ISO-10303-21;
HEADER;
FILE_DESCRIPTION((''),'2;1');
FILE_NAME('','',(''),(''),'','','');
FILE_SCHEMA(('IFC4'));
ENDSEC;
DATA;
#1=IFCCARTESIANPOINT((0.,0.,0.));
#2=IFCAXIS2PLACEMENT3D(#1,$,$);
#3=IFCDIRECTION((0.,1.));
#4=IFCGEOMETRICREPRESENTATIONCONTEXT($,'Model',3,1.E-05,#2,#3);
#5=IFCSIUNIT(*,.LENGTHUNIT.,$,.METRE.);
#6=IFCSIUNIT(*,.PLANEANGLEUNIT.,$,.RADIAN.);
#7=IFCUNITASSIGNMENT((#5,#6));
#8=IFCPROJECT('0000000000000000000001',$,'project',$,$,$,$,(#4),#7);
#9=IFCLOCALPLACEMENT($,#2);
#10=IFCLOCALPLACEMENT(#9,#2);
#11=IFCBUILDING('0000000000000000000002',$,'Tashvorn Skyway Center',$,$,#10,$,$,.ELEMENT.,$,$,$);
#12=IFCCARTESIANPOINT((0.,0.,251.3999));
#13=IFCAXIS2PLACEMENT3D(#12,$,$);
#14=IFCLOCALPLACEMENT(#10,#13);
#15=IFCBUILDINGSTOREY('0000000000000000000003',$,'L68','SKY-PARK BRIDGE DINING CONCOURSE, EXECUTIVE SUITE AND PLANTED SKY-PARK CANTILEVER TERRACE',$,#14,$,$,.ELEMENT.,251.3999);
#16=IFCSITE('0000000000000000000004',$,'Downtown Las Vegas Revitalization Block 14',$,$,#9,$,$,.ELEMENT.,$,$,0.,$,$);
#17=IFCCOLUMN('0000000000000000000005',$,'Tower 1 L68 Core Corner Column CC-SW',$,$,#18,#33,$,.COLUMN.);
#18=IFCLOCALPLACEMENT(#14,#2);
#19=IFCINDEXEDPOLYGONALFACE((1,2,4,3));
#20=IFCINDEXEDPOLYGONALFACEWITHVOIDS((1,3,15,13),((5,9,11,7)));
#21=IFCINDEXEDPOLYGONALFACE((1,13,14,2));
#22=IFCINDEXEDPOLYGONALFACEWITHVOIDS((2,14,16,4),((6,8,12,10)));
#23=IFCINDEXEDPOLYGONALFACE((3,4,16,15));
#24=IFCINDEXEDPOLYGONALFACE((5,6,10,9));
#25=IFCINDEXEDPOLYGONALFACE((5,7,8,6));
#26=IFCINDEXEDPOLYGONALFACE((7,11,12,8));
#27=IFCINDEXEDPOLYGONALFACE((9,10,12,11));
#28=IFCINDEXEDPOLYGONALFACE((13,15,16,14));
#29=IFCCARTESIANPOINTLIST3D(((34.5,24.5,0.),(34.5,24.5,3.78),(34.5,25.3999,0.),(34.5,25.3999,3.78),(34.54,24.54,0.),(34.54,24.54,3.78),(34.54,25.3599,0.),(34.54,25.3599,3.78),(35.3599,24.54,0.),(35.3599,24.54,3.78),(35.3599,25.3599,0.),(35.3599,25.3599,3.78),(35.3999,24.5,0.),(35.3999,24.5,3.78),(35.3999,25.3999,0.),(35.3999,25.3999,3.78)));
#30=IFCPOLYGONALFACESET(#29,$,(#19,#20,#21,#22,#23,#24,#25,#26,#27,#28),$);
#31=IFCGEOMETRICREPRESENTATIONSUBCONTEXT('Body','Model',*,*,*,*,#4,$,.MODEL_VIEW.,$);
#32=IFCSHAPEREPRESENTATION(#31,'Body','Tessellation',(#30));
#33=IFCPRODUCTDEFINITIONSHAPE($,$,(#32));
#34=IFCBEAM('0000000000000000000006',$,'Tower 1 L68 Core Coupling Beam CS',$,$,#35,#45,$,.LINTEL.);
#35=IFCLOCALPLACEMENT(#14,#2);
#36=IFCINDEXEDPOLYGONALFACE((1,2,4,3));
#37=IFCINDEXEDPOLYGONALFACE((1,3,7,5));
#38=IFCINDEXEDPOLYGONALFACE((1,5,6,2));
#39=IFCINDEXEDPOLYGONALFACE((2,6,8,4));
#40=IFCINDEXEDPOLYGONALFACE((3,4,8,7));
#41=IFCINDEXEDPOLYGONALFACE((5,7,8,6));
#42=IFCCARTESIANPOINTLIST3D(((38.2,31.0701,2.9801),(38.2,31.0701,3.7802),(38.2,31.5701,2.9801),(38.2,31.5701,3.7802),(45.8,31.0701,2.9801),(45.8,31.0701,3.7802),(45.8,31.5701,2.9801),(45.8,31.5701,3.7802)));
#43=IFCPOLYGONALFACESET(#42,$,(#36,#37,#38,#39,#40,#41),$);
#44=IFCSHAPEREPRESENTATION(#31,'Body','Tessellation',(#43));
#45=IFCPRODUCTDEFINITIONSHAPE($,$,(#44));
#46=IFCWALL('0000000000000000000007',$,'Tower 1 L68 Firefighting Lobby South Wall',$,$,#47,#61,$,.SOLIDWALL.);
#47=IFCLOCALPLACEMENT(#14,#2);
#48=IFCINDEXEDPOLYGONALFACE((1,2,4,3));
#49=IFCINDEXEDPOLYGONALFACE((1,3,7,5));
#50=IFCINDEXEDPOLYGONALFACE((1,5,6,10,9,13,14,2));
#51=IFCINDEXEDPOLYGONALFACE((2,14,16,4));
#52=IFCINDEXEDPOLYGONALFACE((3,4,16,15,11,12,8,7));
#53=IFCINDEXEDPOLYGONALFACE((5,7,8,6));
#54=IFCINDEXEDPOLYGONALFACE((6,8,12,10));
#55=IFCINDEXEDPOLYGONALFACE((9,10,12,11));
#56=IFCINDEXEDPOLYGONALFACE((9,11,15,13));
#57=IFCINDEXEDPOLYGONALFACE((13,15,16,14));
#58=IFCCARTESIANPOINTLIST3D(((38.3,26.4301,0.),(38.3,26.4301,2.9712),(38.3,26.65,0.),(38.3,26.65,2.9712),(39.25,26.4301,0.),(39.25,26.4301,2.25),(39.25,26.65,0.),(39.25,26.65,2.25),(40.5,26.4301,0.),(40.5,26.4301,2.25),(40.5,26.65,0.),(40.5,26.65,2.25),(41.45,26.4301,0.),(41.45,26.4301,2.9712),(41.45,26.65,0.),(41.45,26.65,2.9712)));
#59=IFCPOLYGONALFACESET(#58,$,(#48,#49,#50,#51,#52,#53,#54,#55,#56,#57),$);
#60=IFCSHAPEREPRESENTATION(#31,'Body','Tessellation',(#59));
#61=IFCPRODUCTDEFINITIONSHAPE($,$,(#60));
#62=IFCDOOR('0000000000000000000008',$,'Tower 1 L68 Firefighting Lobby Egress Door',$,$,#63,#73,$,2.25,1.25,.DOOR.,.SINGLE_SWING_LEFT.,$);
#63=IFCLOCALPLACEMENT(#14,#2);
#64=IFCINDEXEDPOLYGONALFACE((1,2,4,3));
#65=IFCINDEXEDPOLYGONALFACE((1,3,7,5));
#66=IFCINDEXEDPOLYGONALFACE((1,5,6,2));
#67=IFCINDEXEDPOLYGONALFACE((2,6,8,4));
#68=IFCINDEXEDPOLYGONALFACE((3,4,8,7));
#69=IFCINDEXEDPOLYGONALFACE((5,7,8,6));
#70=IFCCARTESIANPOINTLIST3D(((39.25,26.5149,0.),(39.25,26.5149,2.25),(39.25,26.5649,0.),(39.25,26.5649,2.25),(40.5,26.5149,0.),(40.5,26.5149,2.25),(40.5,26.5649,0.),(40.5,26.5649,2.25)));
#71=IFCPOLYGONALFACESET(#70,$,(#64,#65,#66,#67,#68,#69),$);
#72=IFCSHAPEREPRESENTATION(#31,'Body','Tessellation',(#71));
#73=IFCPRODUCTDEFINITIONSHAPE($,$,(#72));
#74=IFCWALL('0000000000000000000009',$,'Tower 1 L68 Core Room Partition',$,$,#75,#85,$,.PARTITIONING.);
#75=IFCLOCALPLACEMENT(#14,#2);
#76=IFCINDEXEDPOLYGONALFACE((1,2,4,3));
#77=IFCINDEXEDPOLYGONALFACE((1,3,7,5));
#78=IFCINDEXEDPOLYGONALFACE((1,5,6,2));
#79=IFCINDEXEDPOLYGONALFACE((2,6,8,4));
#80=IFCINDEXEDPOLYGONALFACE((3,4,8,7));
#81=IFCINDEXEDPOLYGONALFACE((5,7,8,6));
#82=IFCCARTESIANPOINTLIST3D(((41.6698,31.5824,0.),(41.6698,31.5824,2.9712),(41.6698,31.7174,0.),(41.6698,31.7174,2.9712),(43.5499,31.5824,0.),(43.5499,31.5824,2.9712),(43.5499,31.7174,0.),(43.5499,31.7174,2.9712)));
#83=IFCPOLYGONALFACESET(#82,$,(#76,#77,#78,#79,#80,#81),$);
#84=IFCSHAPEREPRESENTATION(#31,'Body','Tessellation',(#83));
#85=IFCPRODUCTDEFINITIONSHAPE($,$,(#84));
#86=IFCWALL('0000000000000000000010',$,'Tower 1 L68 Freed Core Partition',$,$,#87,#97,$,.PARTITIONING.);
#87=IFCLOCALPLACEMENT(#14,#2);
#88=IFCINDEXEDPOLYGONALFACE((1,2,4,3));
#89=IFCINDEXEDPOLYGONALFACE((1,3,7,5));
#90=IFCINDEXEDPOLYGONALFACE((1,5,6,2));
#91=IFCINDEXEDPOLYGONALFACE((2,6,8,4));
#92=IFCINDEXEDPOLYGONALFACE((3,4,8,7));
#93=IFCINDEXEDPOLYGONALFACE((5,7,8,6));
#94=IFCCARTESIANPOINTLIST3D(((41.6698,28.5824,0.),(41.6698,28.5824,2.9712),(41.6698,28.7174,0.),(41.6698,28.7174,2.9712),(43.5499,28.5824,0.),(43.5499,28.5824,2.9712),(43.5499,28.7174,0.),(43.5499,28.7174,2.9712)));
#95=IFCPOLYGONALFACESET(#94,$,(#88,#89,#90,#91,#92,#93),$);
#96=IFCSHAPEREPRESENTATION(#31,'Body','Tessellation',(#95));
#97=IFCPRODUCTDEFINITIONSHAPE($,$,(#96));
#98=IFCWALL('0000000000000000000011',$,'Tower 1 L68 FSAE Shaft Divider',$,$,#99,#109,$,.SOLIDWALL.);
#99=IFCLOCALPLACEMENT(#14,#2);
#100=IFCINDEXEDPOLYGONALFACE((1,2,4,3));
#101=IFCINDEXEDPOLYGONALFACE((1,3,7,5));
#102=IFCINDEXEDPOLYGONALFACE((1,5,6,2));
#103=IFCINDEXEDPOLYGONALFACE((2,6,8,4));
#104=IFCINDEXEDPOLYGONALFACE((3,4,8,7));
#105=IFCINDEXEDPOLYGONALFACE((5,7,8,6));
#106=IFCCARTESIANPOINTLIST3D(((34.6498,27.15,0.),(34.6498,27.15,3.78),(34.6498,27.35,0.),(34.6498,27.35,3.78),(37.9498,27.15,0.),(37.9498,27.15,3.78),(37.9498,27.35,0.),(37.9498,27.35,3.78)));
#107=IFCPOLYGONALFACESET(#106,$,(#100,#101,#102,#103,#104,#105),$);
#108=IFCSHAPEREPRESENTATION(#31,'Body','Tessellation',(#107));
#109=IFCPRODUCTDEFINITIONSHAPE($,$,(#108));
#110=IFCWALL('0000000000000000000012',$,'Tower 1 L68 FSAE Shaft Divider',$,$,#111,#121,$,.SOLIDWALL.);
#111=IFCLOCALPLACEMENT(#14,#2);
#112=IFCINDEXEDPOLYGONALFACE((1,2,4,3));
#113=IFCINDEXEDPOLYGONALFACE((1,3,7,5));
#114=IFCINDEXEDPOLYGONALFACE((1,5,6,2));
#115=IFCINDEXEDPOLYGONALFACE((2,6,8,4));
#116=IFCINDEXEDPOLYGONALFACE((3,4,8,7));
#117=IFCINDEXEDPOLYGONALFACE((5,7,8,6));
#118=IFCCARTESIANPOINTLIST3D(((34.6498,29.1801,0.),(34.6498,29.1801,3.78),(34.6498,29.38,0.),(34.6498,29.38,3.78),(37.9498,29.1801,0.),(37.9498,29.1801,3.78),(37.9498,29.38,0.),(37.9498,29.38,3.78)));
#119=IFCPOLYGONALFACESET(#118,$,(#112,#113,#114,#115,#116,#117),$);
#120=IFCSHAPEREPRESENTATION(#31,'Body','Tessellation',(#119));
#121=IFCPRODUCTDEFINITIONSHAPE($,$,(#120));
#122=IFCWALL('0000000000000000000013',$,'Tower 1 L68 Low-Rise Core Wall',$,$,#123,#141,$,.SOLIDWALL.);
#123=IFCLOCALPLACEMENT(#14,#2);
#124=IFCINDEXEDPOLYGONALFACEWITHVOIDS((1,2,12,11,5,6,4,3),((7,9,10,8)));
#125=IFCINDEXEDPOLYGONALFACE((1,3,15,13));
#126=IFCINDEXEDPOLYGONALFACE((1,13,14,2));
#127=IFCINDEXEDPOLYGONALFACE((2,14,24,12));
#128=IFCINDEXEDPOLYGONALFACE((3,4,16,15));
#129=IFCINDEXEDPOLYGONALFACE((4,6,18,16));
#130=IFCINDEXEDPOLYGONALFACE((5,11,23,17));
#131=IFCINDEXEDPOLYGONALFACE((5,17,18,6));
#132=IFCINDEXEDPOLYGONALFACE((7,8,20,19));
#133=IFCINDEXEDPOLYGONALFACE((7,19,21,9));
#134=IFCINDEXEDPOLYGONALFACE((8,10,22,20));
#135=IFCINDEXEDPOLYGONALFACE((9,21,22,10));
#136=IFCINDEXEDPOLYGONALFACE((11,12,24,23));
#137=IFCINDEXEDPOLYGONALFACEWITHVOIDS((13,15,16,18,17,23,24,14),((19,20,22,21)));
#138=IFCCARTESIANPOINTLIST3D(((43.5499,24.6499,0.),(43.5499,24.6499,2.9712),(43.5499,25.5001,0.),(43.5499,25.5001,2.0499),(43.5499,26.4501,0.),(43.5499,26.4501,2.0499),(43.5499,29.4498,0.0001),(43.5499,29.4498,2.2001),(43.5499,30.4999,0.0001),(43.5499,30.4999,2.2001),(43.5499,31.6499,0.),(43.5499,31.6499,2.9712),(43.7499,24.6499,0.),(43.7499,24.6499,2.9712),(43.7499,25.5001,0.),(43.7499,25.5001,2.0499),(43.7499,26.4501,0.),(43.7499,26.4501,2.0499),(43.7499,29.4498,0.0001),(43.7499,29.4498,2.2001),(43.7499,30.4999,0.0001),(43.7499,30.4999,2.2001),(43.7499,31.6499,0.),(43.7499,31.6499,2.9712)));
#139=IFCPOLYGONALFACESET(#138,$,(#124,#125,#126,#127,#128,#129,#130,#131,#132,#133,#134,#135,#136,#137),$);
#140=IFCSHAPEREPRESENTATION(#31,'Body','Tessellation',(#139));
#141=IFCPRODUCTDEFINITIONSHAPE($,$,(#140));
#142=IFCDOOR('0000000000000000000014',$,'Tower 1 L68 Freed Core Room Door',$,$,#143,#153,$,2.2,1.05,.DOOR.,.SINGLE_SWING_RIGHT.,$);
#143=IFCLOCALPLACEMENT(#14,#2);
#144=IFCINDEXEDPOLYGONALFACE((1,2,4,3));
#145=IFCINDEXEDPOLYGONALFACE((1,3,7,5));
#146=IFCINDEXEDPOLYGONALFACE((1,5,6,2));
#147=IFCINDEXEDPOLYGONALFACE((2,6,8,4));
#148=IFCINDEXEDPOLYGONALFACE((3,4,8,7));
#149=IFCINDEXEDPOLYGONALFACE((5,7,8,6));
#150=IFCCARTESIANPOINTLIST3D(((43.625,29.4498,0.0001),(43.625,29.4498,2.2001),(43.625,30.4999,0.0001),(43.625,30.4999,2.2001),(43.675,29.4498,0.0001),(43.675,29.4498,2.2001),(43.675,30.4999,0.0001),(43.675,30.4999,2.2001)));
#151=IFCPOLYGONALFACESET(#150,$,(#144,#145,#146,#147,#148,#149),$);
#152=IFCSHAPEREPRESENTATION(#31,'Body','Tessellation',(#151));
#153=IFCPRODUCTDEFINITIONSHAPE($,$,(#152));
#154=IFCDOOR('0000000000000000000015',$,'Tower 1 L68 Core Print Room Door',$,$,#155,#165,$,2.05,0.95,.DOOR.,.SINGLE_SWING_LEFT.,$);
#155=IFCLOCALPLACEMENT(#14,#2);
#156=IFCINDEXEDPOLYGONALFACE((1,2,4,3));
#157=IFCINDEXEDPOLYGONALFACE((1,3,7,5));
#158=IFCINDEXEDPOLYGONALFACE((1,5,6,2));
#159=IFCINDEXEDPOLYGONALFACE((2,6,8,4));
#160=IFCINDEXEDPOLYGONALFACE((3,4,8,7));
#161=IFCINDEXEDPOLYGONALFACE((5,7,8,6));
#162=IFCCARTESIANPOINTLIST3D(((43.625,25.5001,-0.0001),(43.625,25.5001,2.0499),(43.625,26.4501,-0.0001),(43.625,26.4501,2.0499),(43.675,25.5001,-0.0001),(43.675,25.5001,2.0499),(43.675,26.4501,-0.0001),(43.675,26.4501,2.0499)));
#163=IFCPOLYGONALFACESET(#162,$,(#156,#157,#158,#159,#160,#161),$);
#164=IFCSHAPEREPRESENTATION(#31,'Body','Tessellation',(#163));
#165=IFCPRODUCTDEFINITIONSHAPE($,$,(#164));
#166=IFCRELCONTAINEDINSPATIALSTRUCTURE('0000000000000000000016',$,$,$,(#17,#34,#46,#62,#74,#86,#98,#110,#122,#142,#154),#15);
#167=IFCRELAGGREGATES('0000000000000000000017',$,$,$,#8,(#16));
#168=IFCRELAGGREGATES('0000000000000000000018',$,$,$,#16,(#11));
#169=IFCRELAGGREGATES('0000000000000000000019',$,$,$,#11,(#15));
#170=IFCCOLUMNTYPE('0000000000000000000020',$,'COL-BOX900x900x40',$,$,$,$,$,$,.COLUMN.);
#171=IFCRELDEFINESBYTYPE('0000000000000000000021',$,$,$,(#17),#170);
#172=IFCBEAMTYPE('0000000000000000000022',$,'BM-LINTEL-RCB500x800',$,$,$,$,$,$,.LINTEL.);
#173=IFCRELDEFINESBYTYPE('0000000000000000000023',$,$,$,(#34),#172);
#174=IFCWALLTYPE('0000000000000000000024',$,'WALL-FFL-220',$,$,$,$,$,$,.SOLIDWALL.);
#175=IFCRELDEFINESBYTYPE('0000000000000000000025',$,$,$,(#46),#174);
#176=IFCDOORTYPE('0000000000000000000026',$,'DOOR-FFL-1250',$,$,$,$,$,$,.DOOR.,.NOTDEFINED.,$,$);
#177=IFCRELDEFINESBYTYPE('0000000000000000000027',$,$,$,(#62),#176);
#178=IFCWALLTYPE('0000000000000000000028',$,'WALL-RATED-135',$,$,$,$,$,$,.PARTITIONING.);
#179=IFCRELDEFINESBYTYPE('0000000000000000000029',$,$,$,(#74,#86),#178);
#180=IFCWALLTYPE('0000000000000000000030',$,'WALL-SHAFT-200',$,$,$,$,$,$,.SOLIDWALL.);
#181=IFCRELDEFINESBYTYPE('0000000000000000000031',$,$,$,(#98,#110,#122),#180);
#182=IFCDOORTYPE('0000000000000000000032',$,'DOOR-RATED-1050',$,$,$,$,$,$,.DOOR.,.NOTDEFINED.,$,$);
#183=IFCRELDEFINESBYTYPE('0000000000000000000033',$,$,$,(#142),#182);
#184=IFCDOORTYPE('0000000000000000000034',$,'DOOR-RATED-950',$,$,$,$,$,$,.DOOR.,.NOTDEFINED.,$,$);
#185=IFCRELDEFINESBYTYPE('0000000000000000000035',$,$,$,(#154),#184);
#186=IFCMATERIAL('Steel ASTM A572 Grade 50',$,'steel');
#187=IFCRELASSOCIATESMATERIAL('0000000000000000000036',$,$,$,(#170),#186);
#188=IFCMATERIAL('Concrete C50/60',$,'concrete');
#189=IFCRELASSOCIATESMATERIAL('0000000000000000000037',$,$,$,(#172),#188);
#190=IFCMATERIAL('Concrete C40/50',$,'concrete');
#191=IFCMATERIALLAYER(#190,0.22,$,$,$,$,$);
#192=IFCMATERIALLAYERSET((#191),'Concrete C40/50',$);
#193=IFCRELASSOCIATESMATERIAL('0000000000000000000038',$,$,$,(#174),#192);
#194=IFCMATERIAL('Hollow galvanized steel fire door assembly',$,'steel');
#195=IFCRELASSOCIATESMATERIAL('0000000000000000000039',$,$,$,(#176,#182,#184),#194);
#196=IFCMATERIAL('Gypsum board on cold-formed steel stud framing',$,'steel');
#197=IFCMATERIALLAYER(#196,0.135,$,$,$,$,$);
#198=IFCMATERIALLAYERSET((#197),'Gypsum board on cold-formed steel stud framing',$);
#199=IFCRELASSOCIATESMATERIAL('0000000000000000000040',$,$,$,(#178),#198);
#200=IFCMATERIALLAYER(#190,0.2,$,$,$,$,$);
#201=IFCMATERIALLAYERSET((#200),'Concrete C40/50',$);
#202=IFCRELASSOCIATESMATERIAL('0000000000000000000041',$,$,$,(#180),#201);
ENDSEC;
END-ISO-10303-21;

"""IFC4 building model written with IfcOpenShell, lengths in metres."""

from ifc_helpers import new_model, si_unit, direction, frame, frame_2d, origin, origin_2d, place, context, subcontext, project, spatial, rectangle, hollow_rectangle, extrude, material, layer, layer_set, material_profile, profile_set, type_object, element, fill, save


model = new_model("IFC4")

# Units and contexts
model_context = context("Model", 3, precision=1e-05, world=origin(), true_north=direction((0.0, 1.0)))
body_context = subcontext(model_context, "Body", "Model", "MODEL_VIEW")
ifc_project = project(units=[si_unit("LENGTHUNIT", "METRE"), si_unit("PLANEANGLEUNIT", "RADIAN")], contexts=[model_context])

# Site, building, storey
site_placement = place(None, origin())
site = spatial("IfcSite", under=ifc_project, at=site_placement, Name="Downtown Las Vegas Revitalization Block 14", CompositionType="ELEMENT", RefElevation=0.0)
building_placement = place(site_placement, origin())
building = spatial("IfcBuilding", under=site, at=building_placement, Name="Tashvorn Skyway Center", CompositionType="ELEMENT")
storey_placement = place(building_placement, frame((0.0, 0.0, 251.3999)))
storey = spatial("IfcBuildingStorey", under=building, at=storey_placement, Name="L68", Description="SKY-PARK BRIDGE DINING CONCOURSE, EXECUTIVE SUITE AND PLANTED SKY-PARK CANTILEVER TERRACE", CompositionType="ELEMENT", Elevation=251.3999)

# Column
ifc_material_1 = material(Name="Steel ASTM A572 Grade 50", Category="steel")
ifc_material_profile_1 = material_profile(ifc_material_1, hollow_rectangle(XDim=0.8999, YDim=0.8999, WallThickness=0.04, at=origin_2d()), Name="BOX900x900x40")
ifc_profile_set_1 = profile_set([ifc_material_profile_1], Name="Steel ASTM A572 Grade 50")
column_type = type_object("IfcColumnType", Name="COL-BOX900x900x40", PredefinedType="COLUMN", material=ifc_profile_set_1)
column_placement = place(storey_placement, frame((34.95, 24.95, 0.0), z_axis=(0.0, 0.0, 1.0), x_axis=(1.0, 0.0, 0.0)))
element("IfcColumn", 1, at=column_placement, inside=storey, type_object=column_type, Name="Tower 1 L68 Core Corner Column CC-SW", PredefinedType="COLUMN", context=body_context, shape_type="SweptSolid", body=[
    extrude(hollow_rectangle(XDim=0.8999, YDim=0.8999, WallThickness=0.04, at=origin_2d()), origin(), (0.0, 0.0, 1.0), 3.78),
])

# Beam
ifc_material_2 = material(Name="Concrete C50/60", Category="concrete")
ifc_material_profile_2 = material_profile(ifc_material_2, rectangle(XDim=0.5, YDim=0.8, at=origin_2d()), Name="RCB500x800")
ifc_profile_set_2 = profile_set([ifc_material_profile_2], Name="Concrete C50/60")
beam_type = type_object("IfcBeamType", Name="BM-LINTEL-RCB500x800", PredefinedType="LINTEL", material=ifc_profile_set_2)
beam_placement = place(storey_placement, frame((38.2, 31.3201, 3.3801), z_axis=(1.0, 0.0, 0.0), x_axis=(0.0, 1.0, 0.0)))
element("IfcBeam", 2, at=beam_placement, inside=storey, type_object=beam_type, Name="Tower 1 L68 Core Coupling Beam CS", PredefinedType="LINTEL", context=body_context, shape_type="SweptSolid", body=[
    extrude(rectangle(XDim=0.5, YDim=0.8, at=origin_2d()), origin(), (0.0, 0.0, 1.0), 7.6001),
])

# Wall, opening, door
ifc_material_3 = material(Name="Concrete C40/50", Category="concrete")
ifc_layer_1 = layer(ifc_material_3, 0.22)
ifc_layer_set_1 = layer_set([ifc_layer_1], Name="Concrete C40/50")
wall_type_1 = type_object("IfcWallType", Name="WALL-FFL-220", PredefinedType="SOLIDWALL", material=ifc_layer_set_1)
wall_1_placement = place(storey_placement, frame((38.3, 26.54, 0.0), z_axis=(0.0, 0.0, 1.0), x_axis=(1.0, 0.0, 0.0)))
wall_1 = element("IfcWall", 3, at=wall_1_placement, inside=storey, type_object=wall_type_1, Name="Tower 1 L68 Firefighting Lobby South Wall", PredefinedType="SOLIDWALL", context=body_context, shape_type="SweptSolid", body=[
    extrude(rectangle(XDim=3.1499, YDim=0.22, at=frame_2d((1.575, 0.0))), origin(), (0.0, 0.0, 1.0), 2.9712),
])
opening_1_placement = place(wall_1_placement, frame((0.95, 0.0, 0.0)))
opening_1 = element("IfcOpeningElement", 4, at=opening_1_placement, cuts=wall_1, PredefinedType="OPENING", context=body_context, shape_type="SweptSolid", body=[
    extrude(rectangle(XDim=1.25, YDim=2.25, at=frame_2d((0.625, 1.125))), frame((0.0, 0.1199, 0.0), z_axis=(0.0, -1.0, 0.0), x_axis=(1.0, 0.0, 0.0)), (0.0, 0.0, 1.0), 0.24),
])
ifc_material_4 = material(Name="Hollow galvanized steel fire door assembly", Category="steel")
door_type_1 = type_object("IfcDoorType", Name="DOOR-FFL-1250", OperationType="NOTDEFINED", PredefinedType="DOOR", material=ifc_material_4)
door_1_placement = place(opening_1_placement, origin())
door_1 = element("IfcDoor", 5, at=door_1_placement, inside=storey, type_object=door_type_1, Name="Tower 1 L68 Firefighting Lobby Egress Door", OperationType="SINGLE_SWING_LEFT", OverallHeight=2.25, OverallWidth=1.25, PredefinedType="DOOR", context=body_context, shape_type="SweptSolid", body=[
    extrude(rectangle(XDim=1.25, YDim=2.25, at=frame_2d((0.625, 1.125))), frame((0.0, 0.0249, 0.0), z_axis=(0.0, -1.0, 0.0), x_axis=(1.0, 0.0, 0.0)), (0.0, 0.0, 1.0), 0.05),
])
fill(opening_1, door_1)

# Walls
ifc_material_5 = material(Name="Gypsum board on cold-formed steel stud framing", Category="steel")
ifc_layer_2 = layer(ifc_material_5, 0.135)
ifc_layer_set_2 = layer_set([ifc_layer_2], Name="Gypsum board on cold-formed steel stud framing")
wall_type_2 = type_object("IfcWallType", Name="WALL-RATED-135", PredefinedType="PARTITIONING", material=ifc_layer_set_2)
for number, where, z_axis, x_axis, name in (
    (6, (41.6699, 31.6499, 0.0), (0.0, 0.0, 1.0), (1.0, 0.0, 0.0), "Tower 1 L68 Core Room Partition"),
    (7, (41.6699, 28.6499, 0.0), (0.0, 0.0, 1.0), (1.0, 0.0, 0.0), "Tower 1 L68 Freed Core Partition"),
):
    element("IfcWall", number, at=place(storey_placement, frame(where, z_axis=z_axis, x_axis=x_axis)), inside=storey, type_object=wall_type_2, Name=name, PredefinedType="PARTITIONING", context=body_context, shape_type="SweptSolid", body=[
        extrude(rectangle(XDim=1.8801, YDim=0.135, at=frame_2d((0.9399, 0.0))), origin(), (0.0, 0.0, 1.0), 2.9712),
    ])
ifc_layer_3 = layer(ifc_material_3, 0.2)
ifc_layer_set_3 = layer_set([ifc_layer_3], Name="Concrete C40/50")
wall_type_3 = type_object("IfcWallType", Name="WALL-SHAFT-200", PredefinedType="SOLIDWALL", material=ifc_layer_set_3)
for number, where, z_axis, x_axis, name in (
    (8, (34.6499, 27.25, 0.0), (0.0, 0.0, 1.0), (1.0, 0.0, 0.0), "Tower 1 L68 FSAE Shaft Divider"),
    (9, (34.6499, 29.28, 0.0), (0.0, 0.0, 1.0), (1.0, 0.0, 0.0), "Tower 1 L68 FSAE Shaft Divider"),
):
    element("IfcWall", number, at=place(storey_placement, frame(where, z_axis=z_axis, x_axis=x_axis)), inside=storey, type_object=wall_type_3, Name=name, PredefinedType="SOLIDWALL", context=body_context, shape_type="SweptSolid", body=[
        extrude(rectangle(XDim=3.3, YDim=0.2, at=frame_2d((1.6499, 0.0))), origin(), (0.0, 0.0, 1.0), 3.78),
    ])

# Wall, openings, doors
wall_2_placement = place(storey_placement, frame((43.6499, 24.6499, 0.0), z_axis=(0.0, 0.0, 1.0), x_axis=(0.0, 1.0, 0.0)))
wall_2 = element("IfcWall", 10, at=wall_2_placement, inside=storey, type_object=wall_type_3, Name="Tower 1 L68 Low-Rise Core Wall", PredefinedType="SOLIDWALL", context=body_context, shape_type="SweptSolid", body=[
    extrude(rectangle(XDim=7.0, YDim=0.2, at=frame_2d((3.5, 0.0))), origin(), (0.0, 0.0, 1.0), 2.9712),
])
opening_2_placement = place(wall_2_placement, frame((0.8501, 0.0, 0.0)))
opening_2 = element("IfcOpeningElement", 11, at=opening_2_placement, cuts=wall_2, PredefinedType="OPENING", context=body_context, shape_type="SweptSolid", body=[
    extrude(rectangle(XDim=0.95, YDim=2.05, at=frame_2d((0.4751, 1.0249))), frame((0.0, 0.1099, 0.0), z_axis=(0.0, -1.0, 0.0), x_axis=(1.0, 0.0, 0.0)), (0.0, 0.0, 1.0), 0.22),
])
opening_3_placement = place(wall_2_placement, frame((4.8, 0.0, 0.0)))
opening_3 = element("IfcOpeningElement", 12, at=opening_3_placement, cuts=wall_2, PredefinedType="OPENING", context=body_context, shape_type="SweptSolid", body=[
    extrude(rectangle(XDim=1.05, YDim=2.2, at=frame_2d((0.5249, 1.1001))), frame((0.0, 0.1099, 0.0), z_axis=(0.0, -1.0, 0.0), x_axis=(1.0, 0.0, 0.0)), (0.0, 0.0, 1.0), 0.22),
])
door_type_2 = type_object("IfcDoorType", Name="DOOR-RATED-1050", OperationType="NOTDEFINED", PredefinedType="DOOR", material=ifc_material_4)
door_2_placement = place(opening_3_placement, origin())
door_2 = element("IfcDoor", 13, at=door_2_placement, inside=storey, type_object=door_type_2, Name="Tower 1 L68 Freed Core Room Door", OperationType="SINGLE_SWING_RIGHT", OverallHeight=2.2, OverallWidth=1.05, PredefinedType="DOOR", context=body_context, shape_type="SweptSolid", body=[
    extrude(rectangle(XDim=1.05, YDim=2.2, at=frame_2d((0.5249, 1.1001))), frame((0.0, 0.0249, 0.0), z_axis=(0.0, -1.0, 0.0), x_axis=(1.0, 0.0, 0.0)), (0.0, 0.0, 1.0), 0.05),
])
fill(opening_3, door_2)
door_type_3 = type_object("IfcDoorType", Name="DOOR-RATED-950", OperationType="NOTDEFINED", PredefinedType="DOOR", material=ifc_material_4)
door_3_placement = place(opening_2_placement, origin())
door_3 = element("IfcDoor", 14, at=door_3_placement, inside=storey, type_object=door_type_3, Name="Tower 1 L68 Core Print Room Door", OperationType="SINGLE_SWING_LEFT", OverallHeight=2.05, OverallWidth=0.95, PredefinedType="DOOR", context=body_context, shape_type="SweptSolid", body=[
    extrude(rectangle(XDim=0.95, YDim=2.05, at=frame_2d((0.4751, 1.0249))), frame((0.0, 0.0249, 0.0), z_axis=(0.0, -1.0, 0.0), x_axis=(1.0, 0.0, 0.0)), (0.0, 0.0, 1.0), 0.05),
])
fill(opening_2, door_3)

save(model, "model.ifc")
